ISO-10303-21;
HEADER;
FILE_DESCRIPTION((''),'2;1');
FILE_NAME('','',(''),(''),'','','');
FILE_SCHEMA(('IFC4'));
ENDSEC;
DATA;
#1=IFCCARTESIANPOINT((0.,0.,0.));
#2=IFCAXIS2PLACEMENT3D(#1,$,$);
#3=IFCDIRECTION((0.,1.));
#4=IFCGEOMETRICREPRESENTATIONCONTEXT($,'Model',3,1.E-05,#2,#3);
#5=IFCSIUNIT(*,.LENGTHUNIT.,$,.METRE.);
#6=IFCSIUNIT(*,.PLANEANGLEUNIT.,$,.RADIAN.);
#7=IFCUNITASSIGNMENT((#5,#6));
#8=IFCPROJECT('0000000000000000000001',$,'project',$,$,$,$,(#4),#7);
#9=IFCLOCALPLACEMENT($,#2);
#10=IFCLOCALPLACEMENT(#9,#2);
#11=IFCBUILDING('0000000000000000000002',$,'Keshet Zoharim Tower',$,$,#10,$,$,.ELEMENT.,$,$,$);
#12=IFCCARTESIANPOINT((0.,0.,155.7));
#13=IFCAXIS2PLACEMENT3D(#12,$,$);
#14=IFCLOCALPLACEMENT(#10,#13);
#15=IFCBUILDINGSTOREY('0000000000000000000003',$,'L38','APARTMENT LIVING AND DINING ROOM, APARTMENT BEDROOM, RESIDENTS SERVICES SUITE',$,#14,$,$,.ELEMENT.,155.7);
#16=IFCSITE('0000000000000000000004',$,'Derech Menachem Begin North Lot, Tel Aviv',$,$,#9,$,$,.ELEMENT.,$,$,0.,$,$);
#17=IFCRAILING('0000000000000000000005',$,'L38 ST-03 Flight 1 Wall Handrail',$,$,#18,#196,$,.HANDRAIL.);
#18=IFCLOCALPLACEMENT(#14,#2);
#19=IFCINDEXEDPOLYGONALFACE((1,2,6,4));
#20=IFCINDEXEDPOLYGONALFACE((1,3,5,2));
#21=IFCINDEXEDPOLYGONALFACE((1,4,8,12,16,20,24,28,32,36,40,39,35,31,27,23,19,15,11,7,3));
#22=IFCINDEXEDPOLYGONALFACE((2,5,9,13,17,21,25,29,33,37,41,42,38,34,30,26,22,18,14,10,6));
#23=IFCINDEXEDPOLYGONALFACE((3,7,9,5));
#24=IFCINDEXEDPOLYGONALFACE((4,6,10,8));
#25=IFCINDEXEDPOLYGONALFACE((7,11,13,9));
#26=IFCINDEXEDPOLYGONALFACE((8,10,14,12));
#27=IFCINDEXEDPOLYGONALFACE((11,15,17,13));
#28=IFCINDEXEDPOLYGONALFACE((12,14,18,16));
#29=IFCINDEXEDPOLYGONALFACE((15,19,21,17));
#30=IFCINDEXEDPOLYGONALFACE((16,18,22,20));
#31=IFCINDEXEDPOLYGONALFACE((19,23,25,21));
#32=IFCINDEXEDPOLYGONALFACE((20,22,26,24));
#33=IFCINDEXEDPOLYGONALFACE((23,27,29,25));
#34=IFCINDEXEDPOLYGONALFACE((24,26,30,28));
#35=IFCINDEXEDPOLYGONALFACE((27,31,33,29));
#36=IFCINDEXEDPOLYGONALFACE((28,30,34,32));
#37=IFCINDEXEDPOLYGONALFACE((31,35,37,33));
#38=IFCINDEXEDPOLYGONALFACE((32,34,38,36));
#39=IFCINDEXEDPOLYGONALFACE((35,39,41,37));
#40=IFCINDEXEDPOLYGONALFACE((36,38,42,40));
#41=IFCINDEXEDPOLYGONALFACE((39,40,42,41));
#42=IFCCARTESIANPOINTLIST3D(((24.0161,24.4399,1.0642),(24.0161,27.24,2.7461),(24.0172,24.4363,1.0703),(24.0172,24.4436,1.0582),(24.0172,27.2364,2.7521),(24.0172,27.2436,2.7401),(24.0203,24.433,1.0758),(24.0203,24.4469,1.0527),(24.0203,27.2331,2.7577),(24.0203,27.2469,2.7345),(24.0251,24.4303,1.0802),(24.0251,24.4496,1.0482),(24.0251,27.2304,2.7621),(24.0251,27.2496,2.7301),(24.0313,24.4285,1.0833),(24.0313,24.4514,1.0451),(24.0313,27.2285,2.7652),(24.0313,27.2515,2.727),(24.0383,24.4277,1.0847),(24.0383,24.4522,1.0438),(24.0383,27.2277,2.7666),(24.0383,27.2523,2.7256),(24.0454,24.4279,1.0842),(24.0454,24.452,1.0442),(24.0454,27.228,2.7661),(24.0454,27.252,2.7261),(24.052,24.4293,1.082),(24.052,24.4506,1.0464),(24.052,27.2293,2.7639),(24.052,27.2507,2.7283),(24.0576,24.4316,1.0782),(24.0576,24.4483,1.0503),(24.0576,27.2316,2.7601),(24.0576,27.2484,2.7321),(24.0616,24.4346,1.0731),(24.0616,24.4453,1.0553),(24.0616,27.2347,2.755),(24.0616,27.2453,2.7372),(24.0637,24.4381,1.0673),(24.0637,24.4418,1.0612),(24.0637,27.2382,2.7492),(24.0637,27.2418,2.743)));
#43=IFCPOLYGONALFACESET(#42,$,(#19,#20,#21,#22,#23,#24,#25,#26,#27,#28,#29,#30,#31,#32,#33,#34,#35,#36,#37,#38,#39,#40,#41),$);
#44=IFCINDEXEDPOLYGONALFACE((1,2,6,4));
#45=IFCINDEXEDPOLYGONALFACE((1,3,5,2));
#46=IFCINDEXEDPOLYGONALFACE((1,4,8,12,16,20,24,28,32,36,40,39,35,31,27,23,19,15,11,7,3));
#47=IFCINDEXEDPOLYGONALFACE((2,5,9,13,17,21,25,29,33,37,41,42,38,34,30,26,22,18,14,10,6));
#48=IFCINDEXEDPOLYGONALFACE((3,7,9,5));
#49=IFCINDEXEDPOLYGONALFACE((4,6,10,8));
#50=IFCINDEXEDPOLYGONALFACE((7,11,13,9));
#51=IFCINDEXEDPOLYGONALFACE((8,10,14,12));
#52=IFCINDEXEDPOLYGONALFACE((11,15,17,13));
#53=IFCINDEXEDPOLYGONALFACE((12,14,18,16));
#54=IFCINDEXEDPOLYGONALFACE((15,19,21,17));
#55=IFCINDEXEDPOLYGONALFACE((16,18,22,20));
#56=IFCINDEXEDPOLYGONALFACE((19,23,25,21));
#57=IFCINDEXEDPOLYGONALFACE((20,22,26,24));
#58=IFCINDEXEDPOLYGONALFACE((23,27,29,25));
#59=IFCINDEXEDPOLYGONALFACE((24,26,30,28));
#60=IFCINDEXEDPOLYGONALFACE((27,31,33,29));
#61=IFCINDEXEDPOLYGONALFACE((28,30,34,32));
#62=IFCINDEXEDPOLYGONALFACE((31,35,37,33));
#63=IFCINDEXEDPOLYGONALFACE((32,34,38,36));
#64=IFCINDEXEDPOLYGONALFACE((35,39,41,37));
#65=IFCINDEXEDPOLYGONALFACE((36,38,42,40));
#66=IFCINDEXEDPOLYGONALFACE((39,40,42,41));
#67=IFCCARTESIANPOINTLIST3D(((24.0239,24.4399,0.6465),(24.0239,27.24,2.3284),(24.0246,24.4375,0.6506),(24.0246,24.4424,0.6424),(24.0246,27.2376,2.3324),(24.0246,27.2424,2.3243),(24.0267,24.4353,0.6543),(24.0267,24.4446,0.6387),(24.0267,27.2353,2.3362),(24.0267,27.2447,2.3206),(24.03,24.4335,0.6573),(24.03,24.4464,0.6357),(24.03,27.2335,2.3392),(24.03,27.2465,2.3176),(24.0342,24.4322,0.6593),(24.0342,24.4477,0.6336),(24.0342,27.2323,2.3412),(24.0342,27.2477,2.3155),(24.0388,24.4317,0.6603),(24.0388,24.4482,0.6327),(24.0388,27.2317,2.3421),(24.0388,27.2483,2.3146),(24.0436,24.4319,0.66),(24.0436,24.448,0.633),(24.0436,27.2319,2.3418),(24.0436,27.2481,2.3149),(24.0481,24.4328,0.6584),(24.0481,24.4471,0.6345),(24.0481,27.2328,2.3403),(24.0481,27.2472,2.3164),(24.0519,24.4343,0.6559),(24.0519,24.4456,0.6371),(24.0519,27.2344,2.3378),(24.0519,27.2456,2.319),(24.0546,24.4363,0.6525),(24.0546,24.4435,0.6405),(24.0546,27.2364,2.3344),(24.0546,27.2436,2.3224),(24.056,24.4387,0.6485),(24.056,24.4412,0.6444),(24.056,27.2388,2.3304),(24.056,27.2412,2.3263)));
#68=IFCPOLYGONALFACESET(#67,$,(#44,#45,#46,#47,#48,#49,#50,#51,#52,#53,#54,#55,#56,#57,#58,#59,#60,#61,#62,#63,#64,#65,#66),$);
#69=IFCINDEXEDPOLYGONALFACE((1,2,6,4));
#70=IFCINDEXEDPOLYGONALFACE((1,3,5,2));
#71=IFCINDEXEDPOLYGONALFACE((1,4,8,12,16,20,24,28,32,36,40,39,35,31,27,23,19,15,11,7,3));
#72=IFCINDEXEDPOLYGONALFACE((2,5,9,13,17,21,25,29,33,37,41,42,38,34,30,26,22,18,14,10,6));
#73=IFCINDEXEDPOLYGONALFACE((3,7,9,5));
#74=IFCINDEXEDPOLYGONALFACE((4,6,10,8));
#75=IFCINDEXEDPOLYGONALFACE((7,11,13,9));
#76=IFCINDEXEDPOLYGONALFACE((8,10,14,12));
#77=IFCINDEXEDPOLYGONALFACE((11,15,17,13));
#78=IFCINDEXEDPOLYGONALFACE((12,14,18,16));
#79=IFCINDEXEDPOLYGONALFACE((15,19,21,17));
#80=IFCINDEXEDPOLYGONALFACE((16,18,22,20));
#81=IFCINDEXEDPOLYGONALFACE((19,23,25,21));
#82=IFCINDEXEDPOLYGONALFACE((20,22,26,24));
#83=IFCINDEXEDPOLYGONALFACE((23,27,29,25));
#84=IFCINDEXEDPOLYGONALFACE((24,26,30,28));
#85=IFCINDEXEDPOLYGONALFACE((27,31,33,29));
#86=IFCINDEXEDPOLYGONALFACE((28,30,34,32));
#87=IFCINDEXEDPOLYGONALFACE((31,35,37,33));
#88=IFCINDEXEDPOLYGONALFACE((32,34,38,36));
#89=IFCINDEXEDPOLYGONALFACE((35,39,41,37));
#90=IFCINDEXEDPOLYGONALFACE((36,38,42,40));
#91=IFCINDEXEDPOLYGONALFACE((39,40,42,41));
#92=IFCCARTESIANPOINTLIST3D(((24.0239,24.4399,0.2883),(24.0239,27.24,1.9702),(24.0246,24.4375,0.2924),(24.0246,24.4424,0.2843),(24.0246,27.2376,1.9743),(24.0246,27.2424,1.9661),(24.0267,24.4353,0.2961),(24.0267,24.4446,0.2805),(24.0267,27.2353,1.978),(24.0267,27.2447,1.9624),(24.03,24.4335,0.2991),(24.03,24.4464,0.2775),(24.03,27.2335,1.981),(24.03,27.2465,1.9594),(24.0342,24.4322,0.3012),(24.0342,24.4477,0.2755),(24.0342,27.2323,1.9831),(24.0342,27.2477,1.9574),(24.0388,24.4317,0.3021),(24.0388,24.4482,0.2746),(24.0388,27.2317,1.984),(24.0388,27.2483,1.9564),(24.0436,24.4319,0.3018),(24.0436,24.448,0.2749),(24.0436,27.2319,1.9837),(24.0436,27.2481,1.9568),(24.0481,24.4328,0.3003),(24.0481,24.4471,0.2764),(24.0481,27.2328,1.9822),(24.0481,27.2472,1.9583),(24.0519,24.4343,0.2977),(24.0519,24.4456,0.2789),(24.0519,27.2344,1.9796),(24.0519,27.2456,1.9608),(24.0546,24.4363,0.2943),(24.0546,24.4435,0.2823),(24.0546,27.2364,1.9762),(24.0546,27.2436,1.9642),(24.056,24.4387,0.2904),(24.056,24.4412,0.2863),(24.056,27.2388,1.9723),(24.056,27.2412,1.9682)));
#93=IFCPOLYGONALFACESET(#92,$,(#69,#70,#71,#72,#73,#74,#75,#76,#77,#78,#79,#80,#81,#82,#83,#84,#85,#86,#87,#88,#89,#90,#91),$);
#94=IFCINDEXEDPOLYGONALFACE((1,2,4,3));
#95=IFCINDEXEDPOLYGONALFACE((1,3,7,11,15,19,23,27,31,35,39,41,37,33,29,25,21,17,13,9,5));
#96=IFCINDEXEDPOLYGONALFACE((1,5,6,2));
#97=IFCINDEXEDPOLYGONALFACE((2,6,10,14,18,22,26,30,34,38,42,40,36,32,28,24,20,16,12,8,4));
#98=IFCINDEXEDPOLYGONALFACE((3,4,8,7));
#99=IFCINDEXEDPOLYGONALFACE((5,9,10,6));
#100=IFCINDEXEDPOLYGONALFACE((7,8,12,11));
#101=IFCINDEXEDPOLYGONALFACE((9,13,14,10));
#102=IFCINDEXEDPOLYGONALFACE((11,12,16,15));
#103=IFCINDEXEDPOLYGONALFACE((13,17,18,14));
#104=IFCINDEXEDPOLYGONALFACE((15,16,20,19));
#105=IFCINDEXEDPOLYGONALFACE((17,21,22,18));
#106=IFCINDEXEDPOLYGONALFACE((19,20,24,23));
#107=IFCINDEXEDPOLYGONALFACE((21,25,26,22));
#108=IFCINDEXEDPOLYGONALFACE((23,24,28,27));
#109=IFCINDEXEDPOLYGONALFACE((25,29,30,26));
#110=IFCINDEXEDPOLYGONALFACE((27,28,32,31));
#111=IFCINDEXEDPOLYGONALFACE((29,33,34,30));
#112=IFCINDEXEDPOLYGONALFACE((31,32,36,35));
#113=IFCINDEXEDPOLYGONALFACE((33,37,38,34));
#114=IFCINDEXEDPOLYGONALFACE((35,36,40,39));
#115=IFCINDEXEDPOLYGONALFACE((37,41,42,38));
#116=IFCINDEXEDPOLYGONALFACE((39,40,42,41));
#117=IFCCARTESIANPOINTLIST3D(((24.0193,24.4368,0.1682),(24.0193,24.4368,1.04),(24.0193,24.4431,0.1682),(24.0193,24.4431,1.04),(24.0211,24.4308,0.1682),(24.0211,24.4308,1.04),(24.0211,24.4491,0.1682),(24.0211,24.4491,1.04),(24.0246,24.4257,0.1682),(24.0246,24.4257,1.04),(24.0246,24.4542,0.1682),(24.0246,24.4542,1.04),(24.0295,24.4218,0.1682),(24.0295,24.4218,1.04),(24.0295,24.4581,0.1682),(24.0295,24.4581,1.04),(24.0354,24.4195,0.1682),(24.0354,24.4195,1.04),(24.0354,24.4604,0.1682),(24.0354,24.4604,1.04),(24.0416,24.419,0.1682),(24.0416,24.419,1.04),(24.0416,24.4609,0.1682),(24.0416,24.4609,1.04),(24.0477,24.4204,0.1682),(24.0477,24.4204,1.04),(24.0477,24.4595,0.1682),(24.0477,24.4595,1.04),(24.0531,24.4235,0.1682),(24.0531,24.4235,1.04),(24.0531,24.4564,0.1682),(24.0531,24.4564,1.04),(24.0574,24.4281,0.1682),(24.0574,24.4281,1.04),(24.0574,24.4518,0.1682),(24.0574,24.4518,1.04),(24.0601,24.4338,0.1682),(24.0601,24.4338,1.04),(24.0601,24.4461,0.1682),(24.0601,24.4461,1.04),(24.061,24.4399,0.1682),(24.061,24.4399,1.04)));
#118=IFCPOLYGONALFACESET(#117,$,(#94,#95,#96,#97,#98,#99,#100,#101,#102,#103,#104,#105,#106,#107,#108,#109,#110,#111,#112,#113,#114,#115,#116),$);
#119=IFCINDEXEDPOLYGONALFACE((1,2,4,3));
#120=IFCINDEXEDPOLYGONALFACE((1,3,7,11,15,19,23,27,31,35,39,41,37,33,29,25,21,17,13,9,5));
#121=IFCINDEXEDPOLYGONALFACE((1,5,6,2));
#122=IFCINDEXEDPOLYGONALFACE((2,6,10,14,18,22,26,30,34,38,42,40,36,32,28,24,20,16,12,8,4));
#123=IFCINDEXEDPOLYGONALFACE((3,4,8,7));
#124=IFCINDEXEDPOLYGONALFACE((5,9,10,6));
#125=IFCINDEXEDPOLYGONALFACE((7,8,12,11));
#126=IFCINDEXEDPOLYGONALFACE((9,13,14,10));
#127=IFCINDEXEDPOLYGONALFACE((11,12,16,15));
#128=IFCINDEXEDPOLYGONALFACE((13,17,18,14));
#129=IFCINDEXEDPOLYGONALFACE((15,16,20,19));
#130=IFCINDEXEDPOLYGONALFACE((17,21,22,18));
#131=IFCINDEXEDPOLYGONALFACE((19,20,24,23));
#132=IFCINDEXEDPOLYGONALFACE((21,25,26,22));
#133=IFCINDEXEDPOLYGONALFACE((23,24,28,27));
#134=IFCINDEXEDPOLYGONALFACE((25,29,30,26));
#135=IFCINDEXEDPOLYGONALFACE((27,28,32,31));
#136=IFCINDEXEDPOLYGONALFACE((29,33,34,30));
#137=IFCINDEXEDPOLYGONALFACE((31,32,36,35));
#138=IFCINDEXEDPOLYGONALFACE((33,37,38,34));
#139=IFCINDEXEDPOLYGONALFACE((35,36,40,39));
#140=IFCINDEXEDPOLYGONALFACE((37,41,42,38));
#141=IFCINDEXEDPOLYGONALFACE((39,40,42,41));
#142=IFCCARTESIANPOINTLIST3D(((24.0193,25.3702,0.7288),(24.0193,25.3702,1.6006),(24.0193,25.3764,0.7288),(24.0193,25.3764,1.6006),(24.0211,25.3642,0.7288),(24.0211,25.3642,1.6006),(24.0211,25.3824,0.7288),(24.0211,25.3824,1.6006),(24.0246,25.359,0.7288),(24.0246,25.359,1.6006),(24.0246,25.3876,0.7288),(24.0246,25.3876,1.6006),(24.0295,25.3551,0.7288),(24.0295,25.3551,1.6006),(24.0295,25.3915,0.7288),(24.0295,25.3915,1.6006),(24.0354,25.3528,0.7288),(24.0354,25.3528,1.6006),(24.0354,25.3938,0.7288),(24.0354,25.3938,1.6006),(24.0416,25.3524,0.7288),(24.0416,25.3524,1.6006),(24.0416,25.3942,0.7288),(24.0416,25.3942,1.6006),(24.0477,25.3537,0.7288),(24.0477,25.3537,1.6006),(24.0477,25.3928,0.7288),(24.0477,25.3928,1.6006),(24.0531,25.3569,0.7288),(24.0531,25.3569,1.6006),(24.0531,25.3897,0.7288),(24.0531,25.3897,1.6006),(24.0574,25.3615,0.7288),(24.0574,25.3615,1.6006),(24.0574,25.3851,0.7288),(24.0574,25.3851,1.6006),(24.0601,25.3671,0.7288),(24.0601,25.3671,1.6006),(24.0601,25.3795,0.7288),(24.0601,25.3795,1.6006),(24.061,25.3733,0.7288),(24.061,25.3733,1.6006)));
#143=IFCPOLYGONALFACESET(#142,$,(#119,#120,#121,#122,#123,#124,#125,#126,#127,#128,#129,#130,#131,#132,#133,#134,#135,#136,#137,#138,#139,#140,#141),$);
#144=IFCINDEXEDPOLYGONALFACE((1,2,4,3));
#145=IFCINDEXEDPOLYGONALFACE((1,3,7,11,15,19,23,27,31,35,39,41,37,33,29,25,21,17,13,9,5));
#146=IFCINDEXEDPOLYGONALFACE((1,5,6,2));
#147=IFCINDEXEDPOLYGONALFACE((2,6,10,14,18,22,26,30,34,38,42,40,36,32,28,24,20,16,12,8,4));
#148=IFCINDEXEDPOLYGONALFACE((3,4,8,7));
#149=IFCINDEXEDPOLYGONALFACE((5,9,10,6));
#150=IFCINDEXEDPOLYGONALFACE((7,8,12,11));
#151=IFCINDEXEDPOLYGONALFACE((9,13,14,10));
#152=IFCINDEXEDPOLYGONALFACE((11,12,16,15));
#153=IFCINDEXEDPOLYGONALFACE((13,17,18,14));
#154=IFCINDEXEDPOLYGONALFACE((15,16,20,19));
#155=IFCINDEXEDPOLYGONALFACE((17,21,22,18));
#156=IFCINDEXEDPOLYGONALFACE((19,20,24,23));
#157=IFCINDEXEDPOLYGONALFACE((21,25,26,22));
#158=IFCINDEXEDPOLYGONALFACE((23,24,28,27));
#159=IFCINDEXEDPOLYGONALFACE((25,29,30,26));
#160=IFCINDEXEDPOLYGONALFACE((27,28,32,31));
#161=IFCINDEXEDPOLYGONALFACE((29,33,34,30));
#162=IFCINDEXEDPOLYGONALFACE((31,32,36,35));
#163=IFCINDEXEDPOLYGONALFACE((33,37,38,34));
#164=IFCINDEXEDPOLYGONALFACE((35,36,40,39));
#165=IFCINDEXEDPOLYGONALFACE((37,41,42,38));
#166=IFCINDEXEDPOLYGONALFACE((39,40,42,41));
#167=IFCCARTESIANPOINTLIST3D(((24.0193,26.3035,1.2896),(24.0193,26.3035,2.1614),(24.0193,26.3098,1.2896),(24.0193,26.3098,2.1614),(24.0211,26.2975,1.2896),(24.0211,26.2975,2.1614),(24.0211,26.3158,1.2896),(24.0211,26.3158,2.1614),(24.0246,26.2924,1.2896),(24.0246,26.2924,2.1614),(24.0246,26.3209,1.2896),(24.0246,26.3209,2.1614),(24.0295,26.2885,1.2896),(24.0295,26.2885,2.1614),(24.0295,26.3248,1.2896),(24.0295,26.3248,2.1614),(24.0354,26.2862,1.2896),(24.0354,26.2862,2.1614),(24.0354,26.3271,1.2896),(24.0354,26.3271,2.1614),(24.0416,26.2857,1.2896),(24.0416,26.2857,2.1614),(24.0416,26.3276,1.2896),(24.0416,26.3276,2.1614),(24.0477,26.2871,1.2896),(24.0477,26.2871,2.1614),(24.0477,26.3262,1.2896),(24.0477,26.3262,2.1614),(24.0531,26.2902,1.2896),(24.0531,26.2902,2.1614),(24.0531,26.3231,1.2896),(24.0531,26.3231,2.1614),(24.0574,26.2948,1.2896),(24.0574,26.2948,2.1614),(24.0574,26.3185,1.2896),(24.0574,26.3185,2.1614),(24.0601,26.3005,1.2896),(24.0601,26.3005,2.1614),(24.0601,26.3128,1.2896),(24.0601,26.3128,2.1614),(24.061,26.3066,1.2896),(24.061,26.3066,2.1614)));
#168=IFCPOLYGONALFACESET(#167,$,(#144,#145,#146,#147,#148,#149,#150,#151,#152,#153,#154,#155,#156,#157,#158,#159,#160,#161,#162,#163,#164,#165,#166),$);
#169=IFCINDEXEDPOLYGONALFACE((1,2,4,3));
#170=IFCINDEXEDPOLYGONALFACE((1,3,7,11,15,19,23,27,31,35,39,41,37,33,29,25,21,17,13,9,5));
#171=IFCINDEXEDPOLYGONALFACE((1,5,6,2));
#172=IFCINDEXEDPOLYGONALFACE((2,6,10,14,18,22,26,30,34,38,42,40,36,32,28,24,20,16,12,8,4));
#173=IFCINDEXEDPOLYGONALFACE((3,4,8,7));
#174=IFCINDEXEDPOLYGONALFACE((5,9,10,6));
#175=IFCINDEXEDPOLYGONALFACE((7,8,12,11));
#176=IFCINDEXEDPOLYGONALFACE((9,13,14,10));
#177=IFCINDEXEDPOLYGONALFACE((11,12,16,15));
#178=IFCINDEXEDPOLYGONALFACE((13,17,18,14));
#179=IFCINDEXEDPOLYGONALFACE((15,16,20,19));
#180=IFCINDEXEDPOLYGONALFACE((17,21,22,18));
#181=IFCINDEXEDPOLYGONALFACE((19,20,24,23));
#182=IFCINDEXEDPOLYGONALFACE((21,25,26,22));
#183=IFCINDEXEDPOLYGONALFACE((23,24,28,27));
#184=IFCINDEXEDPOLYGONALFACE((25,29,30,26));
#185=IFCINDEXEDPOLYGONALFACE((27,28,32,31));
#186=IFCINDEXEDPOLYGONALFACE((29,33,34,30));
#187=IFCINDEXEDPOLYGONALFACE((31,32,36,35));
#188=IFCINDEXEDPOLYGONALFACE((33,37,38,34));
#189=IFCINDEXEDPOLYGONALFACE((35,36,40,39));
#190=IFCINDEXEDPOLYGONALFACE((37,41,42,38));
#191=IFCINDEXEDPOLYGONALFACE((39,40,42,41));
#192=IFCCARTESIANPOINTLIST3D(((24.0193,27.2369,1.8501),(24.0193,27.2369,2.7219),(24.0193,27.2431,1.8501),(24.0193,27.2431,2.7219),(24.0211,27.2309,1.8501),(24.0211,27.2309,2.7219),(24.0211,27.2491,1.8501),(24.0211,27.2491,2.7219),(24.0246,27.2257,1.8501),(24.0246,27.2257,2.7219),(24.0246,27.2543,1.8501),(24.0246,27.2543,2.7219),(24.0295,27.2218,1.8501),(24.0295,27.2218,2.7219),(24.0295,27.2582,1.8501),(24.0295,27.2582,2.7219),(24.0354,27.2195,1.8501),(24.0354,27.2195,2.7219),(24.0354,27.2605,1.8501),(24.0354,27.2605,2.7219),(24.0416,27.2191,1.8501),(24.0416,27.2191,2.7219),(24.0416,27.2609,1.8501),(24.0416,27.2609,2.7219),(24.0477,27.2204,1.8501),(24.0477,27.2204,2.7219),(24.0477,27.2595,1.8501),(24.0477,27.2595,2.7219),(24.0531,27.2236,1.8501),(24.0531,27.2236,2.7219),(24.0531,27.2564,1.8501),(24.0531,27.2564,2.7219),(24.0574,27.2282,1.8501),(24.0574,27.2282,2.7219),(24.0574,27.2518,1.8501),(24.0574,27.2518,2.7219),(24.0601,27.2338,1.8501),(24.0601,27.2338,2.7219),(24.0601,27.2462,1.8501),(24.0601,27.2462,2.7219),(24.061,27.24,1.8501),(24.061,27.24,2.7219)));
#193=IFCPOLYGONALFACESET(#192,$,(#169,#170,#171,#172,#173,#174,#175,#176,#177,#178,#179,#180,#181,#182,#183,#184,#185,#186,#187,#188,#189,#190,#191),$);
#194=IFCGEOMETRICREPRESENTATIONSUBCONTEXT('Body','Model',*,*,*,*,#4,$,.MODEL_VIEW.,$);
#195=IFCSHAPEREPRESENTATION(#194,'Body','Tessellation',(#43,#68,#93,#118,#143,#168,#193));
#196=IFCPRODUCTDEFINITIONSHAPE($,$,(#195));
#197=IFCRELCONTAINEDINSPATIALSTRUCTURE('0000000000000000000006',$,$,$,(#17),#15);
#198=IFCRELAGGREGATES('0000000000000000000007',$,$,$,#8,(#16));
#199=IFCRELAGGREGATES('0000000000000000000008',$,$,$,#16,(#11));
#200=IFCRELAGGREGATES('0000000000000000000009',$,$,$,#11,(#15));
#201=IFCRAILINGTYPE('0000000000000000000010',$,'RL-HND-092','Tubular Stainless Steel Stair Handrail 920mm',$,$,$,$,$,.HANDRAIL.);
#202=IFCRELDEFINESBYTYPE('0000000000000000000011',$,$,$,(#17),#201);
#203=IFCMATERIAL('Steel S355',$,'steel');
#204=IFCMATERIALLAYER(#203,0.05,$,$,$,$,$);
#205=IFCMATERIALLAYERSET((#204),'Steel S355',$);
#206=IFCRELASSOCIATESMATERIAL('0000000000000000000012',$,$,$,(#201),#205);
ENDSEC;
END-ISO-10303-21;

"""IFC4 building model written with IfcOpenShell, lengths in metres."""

from ifc_helpers import new_model, si_unit, direction, frame, origin, origin_2d, place, context, subcontext, project, spatial, circle, extrude, material, layer, layer_set, type_object, element, save


model = new_model("IFC4")

# Units and contexts
model_context = context("Model", 3, precision=1e-05, world=origin(), true_north=direction((0.0, 1.0)))
body_context = subcontext(model_context, "Body", "Model", "MODEL_VIEW")
ifc_project = project(units=[si_unit("LENGTHUNIT", "METRE"), si_unit("PLANEANGLEUNIT", "RADIAN")], contexts=[model_context])

# Site, building, storey
site_placement = place(None, origin())
site = spatial("IfcSite", under=ifc_project, at=site_placement, Name="Derech Menachem Begin North Lot, Tel Aviv", CompositionType="ELEMENT", RefElevation=0.0)
building_placement = place(site_placement, origin())
building = spatial("IfcBuilding", under=site, at=building_placement, Name="Keshet Zoharim Tower", CompositionType="ELEMENT")
storey_placement = place(building_placement, frame((0.0, 0.0, 155.7)))
storey = spatial("IfcBuildingStorey", under=building, at=storey_placement, Name="L38", Description="APARTMENT LIVING AND DINING ROOM, APARTMENT BEDROOM, RESIDENTS SERVICES SUITE", CompositionType="ELEMENT", Elevation=155.7)

# Railing
ifc_material_1 = material(Name="Steel S355", Category="steel")
ifc_layer_1 = layer(ifc_material_1, 0.05)
ifc_layer_set_1 = layer_set([ifc_layer_1], Name="Steel S355")
railing_type_1 = type_object("IfcRailingType", Name="RL-HND-092", Description="Tubular Stainless Steel Stair Handrail 920mm", PredefinedType="HANDRAIL", material=ifc_layer_set_1)
railing_1_placement = place(storey_placement, frame((24.04, 24.4399, 0.1682)))
element("IfcRailing", 1, at=railing_1_placement, inside=storey, type_object=railing_type_1, Name="L38 ST-03 Flight 1 Wall Handrail", PredefinedType="HANDRAIL", context=body_context, shape_type="SweptSolid", body=[
    extrude(circle(Radius=0.0239, at=origin_2d()), frame((0.0, 0.0, 0.896), z_axis=(0.0, 0.857242, 0.514913), x_axis=(-1.0, 0.0, 0.0)), (0.0, 0.0, 1.0), 3.2664),
    extrude(circle(Radius=0.0161, at=origin_2d()), frame((0.0, 0.0, 0.4783), z_axis=(0.0, 0.857242, 0.514913), x_axis=(-1.0, 0.0, 0.0)), (0.0, 0.0, 1.0), 3.2664),
    extrude(circle(Radius=0.0161, at=origin_2d()), frame((0.0, 0.0, 0.1201), z_axis=(0.0, 0.857242, 0.514913), x_axis=(-1.0, 0.0, 0.0)), (0.0, 0.0, 1.0), 3.2664),
    extrude(circle(Radius=0.021, at=origin_2d()), origin(), (0.0, 0.0, 1.0), 0.8718),
    extrude(circle(Radius=0.021, at=origin_2d()), frame((0.0, 0.9333, 0.5605)), (0.0, 0.0, 1.0), 0.8718),
    extrude(circle(Radius=0.021, at=origin_2d()), frame((0.0, 1.8667, 1.1213)), (0.0, 0.0, 1.0), 0.8718),
    extrude(circle(Radius=0.021, at=origin_2d()), frame((0.0, 2.8, 1.6819)), (0.0, 0.0, 1.0), 0.8718),
])

save(model, "model.ifc")
